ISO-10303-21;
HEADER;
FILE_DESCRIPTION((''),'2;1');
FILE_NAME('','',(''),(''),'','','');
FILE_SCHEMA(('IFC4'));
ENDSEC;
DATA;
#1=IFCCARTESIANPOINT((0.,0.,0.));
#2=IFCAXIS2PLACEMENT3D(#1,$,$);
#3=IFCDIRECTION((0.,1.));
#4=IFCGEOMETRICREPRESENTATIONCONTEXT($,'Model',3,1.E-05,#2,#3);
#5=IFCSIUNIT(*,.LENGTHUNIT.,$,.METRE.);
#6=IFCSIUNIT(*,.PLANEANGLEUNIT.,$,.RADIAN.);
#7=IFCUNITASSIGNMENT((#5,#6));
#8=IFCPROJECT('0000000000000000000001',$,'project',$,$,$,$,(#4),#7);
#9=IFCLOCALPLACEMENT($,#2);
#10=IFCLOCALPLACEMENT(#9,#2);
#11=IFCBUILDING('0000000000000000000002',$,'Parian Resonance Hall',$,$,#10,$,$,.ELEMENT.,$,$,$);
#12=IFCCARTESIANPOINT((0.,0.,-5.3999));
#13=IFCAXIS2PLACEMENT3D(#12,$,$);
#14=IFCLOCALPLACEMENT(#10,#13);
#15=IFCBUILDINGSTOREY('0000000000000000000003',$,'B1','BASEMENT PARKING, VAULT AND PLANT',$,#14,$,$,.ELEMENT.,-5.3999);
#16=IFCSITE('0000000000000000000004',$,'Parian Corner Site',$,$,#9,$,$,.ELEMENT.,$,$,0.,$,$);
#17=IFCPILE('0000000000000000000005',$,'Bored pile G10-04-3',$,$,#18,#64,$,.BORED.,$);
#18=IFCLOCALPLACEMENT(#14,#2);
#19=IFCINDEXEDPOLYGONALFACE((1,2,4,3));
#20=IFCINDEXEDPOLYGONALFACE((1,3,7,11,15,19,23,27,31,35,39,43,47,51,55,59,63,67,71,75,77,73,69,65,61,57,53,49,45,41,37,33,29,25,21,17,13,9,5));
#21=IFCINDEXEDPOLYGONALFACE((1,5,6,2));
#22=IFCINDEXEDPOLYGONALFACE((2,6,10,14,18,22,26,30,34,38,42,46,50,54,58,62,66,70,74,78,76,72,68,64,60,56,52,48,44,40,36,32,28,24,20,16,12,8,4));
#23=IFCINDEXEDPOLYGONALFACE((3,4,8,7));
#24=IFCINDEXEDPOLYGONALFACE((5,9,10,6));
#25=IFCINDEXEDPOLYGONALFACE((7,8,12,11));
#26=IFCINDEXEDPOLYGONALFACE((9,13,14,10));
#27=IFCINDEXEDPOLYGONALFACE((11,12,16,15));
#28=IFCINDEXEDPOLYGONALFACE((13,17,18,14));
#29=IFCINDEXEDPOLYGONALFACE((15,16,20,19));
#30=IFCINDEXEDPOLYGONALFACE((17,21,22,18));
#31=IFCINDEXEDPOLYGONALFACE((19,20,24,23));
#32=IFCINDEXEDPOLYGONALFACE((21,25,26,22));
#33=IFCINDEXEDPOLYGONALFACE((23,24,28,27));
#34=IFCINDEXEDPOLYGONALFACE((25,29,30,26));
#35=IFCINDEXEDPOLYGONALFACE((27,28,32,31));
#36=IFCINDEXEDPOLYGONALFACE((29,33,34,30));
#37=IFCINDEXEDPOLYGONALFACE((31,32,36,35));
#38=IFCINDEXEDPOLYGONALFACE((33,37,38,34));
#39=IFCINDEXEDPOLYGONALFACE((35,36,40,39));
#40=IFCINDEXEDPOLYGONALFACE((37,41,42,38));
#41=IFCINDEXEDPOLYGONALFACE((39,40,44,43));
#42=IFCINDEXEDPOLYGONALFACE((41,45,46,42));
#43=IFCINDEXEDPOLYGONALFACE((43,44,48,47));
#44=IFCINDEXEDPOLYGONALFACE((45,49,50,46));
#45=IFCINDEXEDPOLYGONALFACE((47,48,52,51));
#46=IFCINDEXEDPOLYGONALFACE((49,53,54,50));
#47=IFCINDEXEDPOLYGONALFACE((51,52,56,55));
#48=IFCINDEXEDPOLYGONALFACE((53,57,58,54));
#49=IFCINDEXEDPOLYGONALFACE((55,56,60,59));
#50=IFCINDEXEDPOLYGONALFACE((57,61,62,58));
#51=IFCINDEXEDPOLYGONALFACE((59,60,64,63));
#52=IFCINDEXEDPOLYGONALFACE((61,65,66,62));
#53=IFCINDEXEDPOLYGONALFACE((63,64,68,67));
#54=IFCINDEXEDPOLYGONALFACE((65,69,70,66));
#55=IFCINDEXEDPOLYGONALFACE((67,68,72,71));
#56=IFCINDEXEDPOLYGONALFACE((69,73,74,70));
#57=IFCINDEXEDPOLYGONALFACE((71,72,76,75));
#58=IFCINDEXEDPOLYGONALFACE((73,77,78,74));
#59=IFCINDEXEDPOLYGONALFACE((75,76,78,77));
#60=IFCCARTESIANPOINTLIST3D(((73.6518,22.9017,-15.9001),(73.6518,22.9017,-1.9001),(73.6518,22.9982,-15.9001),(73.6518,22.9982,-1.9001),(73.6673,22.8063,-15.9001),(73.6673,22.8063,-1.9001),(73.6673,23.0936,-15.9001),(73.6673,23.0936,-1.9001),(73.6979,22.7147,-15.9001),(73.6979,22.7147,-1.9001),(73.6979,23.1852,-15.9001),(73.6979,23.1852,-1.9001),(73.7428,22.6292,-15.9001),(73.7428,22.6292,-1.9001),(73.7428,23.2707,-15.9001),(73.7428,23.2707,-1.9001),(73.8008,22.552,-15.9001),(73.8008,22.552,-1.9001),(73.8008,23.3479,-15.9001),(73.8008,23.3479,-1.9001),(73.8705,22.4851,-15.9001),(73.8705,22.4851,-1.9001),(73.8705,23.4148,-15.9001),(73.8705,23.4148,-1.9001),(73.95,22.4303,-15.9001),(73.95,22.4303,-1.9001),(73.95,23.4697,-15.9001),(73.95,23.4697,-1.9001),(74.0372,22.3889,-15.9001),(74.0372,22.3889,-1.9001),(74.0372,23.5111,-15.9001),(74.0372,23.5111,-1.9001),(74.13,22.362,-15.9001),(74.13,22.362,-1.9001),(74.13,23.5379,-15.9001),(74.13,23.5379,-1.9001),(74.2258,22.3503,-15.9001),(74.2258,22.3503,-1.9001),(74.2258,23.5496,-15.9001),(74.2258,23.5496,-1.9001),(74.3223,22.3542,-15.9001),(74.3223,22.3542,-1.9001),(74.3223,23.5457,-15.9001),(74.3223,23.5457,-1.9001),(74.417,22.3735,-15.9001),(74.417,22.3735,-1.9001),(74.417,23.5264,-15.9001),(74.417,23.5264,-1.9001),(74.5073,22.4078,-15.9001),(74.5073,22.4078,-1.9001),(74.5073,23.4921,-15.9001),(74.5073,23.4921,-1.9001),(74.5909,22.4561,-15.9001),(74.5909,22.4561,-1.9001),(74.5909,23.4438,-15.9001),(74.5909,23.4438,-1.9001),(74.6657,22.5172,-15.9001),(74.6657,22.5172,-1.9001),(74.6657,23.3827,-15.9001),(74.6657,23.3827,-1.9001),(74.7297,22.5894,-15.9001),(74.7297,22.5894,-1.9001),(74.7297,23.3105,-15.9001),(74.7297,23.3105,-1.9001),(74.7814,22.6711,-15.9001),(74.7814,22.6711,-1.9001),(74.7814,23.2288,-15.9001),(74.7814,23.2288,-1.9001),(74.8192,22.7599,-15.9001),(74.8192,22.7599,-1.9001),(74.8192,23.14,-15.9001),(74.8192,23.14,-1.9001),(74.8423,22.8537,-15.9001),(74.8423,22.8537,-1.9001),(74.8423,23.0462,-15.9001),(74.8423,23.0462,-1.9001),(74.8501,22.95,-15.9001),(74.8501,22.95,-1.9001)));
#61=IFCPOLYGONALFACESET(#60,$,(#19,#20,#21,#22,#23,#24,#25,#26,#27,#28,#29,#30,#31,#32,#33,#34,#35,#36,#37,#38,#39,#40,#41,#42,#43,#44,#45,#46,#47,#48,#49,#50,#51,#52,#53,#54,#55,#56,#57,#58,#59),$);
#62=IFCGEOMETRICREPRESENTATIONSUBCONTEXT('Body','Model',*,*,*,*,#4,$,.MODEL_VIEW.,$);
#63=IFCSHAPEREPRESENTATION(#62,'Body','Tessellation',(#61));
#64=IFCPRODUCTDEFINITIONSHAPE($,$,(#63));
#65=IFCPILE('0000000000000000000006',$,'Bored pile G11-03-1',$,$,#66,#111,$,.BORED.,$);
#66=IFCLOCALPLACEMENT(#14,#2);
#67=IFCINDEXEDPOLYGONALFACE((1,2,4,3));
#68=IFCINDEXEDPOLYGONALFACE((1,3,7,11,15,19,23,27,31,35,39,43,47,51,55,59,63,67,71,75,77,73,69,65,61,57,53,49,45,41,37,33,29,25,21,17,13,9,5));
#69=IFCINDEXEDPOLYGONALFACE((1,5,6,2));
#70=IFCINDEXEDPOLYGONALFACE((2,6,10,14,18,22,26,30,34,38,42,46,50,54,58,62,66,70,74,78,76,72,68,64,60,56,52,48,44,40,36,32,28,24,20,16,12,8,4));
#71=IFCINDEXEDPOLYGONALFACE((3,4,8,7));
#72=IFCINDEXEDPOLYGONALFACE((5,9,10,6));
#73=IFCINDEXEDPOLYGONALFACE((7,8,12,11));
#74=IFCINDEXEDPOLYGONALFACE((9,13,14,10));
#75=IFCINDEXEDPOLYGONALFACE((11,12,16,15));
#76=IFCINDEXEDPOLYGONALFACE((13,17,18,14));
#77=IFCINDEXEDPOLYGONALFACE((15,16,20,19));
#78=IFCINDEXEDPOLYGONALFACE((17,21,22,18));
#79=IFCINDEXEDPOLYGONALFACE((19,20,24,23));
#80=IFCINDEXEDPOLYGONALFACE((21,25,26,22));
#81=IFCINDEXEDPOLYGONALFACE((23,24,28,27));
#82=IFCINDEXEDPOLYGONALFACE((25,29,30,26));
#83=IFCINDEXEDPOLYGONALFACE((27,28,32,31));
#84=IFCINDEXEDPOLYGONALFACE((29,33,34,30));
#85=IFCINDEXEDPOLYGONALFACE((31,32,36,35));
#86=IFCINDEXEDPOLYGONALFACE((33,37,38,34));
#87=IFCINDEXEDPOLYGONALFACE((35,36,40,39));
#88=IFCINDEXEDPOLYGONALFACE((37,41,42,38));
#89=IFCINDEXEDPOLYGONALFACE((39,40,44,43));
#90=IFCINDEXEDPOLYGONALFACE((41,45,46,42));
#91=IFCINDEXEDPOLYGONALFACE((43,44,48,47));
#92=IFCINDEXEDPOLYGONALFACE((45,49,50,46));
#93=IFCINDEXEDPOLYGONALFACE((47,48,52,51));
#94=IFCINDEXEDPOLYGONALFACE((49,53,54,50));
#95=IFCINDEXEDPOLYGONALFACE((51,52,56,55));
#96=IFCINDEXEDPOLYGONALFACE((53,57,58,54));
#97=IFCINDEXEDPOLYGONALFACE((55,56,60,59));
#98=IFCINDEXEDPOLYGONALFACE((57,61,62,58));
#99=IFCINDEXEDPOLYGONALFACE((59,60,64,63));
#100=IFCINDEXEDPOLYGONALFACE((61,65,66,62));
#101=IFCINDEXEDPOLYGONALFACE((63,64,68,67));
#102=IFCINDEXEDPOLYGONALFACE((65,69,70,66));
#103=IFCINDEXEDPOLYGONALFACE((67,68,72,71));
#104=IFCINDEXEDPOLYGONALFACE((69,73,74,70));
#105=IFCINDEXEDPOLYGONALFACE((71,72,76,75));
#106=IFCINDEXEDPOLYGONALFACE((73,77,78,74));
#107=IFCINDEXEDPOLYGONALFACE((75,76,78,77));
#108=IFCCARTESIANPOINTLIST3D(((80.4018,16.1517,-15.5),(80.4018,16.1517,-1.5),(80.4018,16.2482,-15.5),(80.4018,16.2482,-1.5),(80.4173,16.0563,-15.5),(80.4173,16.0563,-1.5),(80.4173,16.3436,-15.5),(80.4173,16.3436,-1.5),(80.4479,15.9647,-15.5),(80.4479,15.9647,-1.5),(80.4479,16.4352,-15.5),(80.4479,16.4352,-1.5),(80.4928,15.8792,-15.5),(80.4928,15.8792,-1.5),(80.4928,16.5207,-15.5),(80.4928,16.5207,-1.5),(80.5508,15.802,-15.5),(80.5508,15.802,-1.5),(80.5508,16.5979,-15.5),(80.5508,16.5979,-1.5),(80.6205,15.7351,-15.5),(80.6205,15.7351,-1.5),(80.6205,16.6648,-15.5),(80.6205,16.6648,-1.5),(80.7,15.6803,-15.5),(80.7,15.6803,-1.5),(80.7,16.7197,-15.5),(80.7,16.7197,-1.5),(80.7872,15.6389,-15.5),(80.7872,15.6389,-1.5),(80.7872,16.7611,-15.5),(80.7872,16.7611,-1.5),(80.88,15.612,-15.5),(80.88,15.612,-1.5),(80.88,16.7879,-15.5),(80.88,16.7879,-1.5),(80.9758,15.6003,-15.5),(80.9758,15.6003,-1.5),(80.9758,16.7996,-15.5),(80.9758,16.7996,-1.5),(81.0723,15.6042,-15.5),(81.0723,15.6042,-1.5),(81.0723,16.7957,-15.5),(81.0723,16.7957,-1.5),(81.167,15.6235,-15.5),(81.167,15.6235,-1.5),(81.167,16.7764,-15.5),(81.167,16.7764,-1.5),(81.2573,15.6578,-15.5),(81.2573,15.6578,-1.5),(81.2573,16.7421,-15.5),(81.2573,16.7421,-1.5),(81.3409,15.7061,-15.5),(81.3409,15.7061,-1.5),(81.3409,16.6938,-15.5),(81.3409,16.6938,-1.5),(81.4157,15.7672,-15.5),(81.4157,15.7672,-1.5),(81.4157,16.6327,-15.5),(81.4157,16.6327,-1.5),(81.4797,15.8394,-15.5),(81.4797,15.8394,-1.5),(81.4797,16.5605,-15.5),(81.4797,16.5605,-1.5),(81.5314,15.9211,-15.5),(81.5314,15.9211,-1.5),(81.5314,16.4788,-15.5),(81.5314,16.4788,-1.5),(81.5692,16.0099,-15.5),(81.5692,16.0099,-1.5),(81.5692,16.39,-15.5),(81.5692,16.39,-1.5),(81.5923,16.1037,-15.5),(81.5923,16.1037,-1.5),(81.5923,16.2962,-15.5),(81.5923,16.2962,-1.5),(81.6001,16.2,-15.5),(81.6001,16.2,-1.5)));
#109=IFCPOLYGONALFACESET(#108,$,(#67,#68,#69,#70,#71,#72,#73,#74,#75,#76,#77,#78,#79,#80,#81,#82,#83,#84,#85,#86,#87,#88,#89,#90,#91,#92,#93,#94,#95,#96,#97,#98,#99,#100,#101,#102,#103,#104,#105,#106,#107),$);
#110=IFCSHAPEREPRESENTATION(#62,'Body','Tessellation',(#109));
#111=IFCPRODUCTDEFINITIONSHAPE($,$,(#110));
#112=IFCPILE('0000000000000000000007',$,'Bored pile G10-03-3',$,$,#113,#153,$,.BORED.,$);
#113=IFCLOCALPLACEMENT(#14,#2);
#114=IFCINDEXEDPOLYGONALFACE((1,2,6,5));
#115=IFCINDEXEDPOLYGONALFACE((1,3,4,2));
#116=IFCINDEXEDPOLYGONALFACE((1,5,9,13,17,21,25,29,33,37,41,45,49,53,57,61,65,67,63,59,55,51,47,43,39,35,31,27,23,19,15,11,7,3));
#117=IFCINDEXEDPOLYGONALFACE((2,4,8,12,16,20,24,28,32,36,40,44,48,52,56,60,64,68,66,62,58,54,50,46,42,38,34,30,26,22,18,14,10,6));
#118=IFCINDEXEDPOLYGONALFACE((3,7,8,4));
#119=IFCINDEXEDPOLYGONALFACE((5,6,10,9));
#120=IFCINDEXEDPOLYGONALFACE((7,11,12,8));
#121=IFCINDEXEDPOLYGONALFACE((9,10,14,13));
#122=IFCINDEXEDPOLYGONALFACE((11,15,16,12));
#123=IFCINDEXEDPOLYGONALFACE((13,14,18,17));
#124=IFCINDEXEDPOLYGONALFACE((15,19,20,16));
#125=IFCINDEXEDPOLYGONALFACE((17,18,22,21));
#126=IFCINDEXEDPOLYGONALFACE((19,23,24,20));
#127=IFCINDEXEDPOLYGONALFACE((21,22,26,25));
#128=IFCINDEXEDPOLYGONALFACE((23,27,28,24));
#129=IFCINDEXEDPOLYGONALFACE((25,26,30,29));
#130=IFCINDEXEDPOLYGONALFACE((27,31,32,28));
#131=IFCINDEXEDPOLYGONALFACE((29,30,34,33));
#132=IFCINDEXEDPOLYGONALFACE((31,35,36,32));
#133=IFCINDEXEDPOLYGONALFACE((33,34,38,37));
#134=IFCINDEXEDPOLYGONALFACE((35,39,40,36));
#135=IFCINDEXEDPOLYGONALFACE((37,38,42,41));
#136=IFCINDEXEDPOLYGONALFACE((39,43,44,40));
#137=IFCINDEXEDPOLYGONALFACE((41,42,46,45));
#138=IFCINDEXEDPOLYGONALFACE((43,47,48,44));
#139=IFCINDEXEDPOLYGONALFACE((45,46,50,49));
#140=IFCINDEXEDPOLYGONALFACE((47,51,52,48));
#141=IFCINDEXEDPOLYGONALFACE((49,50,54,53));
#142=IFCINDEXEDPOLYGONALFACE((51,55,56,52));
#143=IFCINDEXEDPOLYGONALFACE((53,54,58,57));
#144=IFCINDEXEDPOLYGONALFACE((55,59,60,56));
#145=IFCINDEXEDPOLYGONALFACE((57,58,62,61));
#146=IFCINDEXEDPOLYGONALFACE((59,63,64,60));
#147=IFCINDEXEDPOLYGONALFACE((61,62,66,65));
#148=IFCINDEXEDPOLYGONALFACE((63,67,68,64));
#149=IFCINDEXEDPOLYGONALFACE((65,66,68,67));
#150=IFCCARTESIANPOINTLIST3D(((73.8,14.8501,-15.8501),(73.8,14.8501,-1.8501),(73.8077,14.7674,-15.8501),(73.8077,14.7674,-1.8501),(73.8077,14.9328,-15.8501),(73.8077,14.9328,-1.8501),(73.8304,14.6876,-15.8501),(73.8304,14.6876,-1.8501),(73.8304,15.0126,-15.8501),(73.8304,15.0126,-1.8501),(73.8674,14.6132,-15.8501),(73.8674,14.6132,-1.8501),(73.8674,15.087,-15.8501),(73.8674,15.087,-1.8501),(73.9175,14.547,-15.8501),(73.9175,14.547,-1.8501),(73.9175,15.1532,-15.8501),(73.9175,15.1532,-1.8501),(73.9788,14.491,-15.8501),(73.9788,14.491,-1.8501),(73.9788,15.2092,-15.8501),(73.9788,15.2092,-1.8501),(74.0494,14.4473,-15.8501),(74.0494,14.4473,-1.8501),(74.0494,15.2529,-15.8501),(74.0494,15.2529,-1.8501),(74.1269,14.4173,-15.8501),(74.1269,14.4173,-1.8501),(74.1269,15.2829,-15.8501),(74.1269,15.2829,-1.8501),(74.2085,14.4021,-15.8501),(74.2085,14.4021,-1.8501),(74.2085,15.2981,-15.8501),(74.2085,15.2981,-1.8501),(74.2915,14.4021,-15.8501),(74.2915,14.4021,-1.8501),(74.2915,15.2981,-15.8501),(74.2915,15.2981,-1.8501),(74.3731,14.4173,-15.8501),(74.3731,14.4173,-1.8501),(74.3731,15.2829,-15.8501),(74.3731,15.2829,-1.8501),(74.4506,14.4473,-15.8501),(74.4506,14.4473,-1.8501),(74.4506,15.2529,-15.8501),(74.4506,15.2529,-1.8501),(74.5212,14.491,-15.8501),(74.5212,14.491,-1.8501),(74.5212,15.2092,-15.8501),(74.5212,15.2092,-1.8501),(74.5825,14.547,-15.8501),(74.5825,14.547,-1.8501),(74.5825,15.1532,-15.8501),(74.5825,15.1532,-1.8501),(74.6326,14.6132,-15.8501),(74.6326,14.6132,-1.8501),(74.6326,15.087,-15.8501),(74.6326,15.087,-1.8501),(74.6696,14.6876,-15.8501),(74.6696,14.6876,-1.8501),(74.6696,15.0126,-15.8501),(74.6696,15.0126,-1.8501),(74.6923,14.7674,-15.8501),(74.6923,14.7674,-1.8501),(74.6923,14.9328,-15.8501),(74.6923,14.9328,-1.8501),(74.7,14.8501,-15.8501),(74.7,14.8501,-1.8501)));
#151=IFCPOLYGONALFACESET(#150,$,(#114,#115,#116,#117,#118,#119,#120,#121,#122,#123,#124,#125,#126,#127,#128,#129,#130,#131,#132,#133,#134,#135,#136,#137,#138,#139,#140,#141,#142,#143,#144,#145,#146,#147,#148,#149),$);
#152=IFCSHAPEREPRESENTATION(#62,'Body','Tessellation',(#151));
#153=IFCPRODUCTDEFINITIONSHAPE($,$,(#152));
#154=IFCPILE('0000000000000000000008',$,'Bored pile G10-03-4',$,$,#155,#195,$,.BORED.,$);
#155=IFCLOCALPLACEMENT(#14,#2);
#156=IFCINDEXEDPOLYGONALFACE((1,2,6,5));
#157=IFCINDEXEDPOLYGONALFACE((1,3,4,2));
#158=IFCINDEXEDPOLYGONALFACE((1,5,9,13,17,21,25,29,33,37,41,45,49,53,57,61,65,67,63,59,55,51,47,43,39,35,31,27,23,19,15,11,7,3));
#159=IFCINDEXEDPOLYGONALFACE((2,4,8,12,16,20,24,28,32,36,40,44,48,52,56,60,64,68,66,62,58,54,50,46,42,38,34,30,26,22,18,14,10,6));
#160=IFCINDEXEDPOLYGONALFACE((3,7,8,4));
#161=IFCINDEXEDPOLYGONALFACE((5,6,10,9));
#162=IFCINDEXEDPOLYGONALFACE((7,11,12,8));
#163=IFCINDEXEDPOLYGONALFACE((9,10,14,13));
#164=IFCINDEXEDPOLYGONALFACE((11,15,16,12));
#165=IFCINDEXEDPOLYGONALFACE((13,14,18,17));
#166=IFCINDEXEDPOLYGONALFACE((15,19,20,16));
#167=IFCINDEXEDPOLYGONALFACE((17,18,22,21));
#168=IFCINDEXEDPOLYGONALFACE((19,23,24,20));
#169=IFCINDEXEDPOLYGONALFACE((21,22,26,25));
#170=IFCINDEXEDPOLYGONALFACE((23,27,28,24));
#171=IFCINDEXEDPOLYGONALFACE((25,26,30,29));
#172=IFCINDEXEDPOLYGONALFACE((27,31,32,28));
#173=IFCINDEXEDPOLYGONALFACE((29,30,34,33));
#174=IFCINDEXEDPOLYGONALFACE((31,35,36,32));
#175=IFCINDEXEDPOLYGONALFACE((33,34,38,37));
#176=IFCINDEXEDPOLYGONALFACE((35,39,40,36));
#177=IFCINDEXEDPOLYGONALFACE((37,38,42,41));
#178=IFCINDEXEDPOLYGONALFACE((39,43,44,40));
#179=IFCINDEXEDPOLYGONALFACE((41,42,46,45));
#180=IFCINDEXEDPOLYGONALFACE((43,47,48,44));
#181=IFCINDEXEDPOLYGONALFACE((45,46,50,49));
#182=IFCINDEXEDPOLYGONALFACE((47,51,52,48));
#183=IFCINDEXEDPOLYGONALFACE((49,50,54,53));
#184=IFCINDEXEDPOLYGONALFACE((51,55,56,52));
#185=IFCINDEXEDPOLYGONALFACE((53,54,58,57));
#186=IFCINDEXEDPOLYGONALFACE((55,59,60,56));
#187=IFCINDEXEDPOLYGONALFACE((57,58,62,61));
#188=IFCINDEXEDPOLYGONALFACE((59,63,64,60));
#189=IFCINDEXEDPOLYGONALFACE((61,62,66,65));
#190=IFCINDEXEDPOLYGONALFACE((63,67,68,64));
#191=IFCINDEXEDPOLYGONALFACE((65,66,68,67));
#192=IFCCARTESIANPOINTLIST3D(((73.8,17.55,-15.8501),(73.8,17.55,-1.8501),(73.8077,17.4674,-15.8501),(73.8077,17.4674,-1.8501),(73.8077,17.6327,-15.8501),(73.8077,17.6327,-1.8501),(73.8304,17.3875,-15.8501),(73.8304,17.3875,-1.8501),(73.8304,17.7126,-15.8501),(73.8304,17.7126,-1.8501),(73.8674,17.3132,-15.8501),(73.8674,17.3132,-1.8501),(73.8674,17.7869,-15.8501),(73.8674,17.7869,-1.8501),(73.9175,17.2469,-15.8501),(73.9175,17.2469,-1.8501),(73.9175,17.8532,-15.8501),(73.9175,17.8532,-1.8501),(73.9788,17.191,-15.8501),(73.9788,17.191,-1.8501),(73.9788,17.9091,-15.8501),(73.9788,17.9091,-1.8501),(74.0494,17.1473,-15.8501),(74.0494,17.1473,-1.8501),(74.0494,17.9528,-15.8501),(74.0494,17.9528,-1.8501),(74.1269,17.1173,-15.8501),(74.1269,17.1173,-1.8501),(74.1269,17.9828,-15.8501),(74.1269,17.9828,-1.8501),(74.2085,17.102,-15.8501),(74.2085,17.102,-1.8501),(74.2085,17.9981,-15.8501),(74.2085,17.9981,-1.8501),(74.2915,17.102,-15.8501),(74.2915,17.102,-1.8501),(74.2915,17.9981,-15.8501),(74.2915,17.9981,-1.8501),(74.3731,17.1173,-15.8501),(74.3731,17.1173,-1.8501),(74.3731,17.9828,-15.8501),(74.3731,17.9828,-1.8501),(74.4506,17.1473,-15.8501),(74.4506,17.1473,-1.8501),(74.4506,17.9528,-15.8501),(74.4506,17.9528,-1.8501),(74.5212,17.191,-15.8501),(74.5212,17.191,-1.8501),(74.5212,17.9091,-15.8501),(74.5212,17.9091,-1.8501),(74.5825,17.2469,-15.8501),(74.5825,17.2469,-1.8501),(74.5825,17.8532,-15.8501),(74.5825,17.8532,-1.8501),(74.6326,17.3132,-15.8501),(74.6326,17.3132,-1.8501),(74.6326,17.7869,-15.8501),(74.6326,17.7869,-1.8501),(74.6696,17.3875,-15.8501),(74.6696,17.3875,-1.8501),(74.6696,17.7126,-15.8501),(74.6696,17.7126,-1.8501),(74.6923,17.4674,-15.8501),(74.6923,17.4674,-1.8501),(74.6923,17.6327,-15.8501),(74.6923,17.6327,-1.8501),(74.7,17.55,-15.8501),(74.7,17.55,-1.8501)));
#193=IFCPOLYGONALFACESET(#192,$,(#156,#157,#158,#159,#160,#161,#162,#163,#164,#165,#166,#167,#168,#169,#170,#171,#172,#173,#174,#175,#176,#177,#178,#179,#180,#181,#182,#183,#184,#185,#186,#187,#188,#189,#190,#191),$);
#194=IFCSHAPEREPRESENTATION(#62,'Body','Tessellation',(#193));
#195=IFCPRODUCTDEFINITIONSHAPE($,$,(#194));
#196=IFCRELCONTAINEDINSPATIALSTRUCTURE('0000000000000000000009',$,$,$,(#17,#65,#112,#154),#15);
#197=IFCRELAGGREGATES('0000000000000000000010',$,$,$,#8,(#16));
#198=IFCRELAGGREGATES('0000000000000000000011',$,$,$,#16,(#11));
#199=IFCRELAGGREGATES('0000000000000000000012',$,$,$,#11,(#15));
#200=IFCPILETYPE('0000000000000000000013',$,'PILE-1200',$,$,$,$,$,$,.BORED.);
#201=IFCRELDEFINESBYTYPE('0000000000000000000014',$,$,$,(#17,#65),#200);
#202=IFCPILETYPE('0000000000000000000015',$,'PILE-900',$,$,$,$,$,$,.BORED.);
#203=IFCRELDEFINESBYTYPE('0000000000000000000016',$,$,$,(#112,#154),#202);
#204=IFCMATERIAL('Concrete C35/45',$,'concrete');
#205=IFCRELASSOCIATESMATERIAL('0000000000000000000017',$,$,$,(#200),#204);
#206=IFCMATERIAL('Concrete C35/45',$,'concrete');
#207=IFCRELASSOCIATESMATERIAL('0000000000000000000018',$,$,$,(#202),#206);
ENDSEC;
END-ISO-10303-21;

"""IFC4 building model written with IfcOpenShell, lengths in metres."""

from ifc_helpers import new_model, si_unit, direction, frame, origin, origin_2d, place, context, subcontext, project, spatial, circle, extrude, material, material_profile, profile_set, type_object, element, save


model = new_model("IFC4")

# Units and contexts
model_context = context("Model", 3, precision=1e-05, world=origin(), true_north=direction((0.0, 1.0)))
body_context = subcontext(model_context, "Body", "Model", "MODEL_VIEW")
ifc_project = project(units=[si_unit("LENGTHUNIT", "METRE"), si_unit("PLANEANGLEUNIT", "RADIAN")], contexts=[model_context])

# Site, building, storey
site_placement = place(None, origin())
site = spatial("IfcSite", under=ifc_project, at=site_placement, Name="Parian Corner Site", CompositionType="ELEMENT", RefElevation=0.0)
building_placement = place(site_placement, origin())
building = spatial("IfcBuilding", under=site, at=building_placement, Name="Parian Resonance Hall", CompositionType="ELEMENT")
storey_placement = place(building_placement, frame((0.0, 0.0, -5.3999)))
storey = spatial("IfcBuildingStorey", under=building, at=storey_placement, Name="B1", Description="BASEMENT PARKING, VAULT AND PLANT", CompositionType="ELEMENT", Elevation=-5.3999)

# Piles
ifc_material_1 = material(Name="Concrete C35/45", Category="concrete")
ifc_material_profile_1 = material_profile(ifc_material_1, circle(Radius=0.6001, at=origin_2d()), Name="PILE-D1200")
ifc_profile_set_1 = profile_set([ifc_material_profile_1], Name="Concrete C35/45")
pile_type_1 = type_object("IfcPileType", Name="PILE-1200", PredefinedType="BORED", material=ifc_profile_set_1)
for number, where, z_axis, x_axis, name in (
    (1, (74.25, 22.95, -1.9001), (0.0, 0.0, -1.0), (1.0, 0.0, 0.0), "Bored pile G10-04-3"),
    (2, (81.0, 16.2, -1.5), (0.0, 0.0, -1.0), (1.0, 0.0, 0.0), "Bored pile G11-03-1"),
):
    element("IfcPile", number, at=place(storey_placement, frame(where, z_axis=z_axis, x_axis=x_axis)), inside=storey, type_object=pile_type_1, Name=name, PredefinedType="BORED", context=body_context, shape_type="SweptSolid", body=[
        extrude(circle(Radius=0.6001, at=origin_2d()), origin(), (0.0, 0.0, 1.0), 14.0),
    ])
ifc_material_2 = material(Name="Concrete C35/45", Category="concrete")
ifc_material_profile_2 = material_profile(ifc_material_2, circle(Radius=0.45, at=origin_2d()), Name="PILE-D900")
ifc_profile_set_2 = profile_set([ifc_material_profile_2], Name="Concrete C35/45")
pile_type_2 = type_object("IfcPileType", Name="PILE-900", PredefinedType="BORED", material=ifc_profile_set_2)
for number, where, z_axis, x_axis, name in (
    (3, (74.25, 14.8501, -1.8501), (0.0, 0.0, -1.0), (1.0, 0.0, 0.0), "Bored pile G10-03-3"),
    (4, (74.25, 17.55, -1.8501), (0.0, 0.0, -1.0), (1.0, 0.0, 0.0), "Bored pile G10-03-4"),
):
    element("IfcPile", number, at=place(storey_placement, frame(where, z_axis=z_axis, x_axis=x_axis)), inside=storey, type_object=pile_type_2, Name=name, PredefinedType="BORED", context=body_context, shape_type="SweptSolid", body=[
        extrude(circle(Radius=0.45, at=origin_2d()), origin(), (0.0, 0.0, 1.0), 14.0),
    ])

save(model, "model.ifc")
